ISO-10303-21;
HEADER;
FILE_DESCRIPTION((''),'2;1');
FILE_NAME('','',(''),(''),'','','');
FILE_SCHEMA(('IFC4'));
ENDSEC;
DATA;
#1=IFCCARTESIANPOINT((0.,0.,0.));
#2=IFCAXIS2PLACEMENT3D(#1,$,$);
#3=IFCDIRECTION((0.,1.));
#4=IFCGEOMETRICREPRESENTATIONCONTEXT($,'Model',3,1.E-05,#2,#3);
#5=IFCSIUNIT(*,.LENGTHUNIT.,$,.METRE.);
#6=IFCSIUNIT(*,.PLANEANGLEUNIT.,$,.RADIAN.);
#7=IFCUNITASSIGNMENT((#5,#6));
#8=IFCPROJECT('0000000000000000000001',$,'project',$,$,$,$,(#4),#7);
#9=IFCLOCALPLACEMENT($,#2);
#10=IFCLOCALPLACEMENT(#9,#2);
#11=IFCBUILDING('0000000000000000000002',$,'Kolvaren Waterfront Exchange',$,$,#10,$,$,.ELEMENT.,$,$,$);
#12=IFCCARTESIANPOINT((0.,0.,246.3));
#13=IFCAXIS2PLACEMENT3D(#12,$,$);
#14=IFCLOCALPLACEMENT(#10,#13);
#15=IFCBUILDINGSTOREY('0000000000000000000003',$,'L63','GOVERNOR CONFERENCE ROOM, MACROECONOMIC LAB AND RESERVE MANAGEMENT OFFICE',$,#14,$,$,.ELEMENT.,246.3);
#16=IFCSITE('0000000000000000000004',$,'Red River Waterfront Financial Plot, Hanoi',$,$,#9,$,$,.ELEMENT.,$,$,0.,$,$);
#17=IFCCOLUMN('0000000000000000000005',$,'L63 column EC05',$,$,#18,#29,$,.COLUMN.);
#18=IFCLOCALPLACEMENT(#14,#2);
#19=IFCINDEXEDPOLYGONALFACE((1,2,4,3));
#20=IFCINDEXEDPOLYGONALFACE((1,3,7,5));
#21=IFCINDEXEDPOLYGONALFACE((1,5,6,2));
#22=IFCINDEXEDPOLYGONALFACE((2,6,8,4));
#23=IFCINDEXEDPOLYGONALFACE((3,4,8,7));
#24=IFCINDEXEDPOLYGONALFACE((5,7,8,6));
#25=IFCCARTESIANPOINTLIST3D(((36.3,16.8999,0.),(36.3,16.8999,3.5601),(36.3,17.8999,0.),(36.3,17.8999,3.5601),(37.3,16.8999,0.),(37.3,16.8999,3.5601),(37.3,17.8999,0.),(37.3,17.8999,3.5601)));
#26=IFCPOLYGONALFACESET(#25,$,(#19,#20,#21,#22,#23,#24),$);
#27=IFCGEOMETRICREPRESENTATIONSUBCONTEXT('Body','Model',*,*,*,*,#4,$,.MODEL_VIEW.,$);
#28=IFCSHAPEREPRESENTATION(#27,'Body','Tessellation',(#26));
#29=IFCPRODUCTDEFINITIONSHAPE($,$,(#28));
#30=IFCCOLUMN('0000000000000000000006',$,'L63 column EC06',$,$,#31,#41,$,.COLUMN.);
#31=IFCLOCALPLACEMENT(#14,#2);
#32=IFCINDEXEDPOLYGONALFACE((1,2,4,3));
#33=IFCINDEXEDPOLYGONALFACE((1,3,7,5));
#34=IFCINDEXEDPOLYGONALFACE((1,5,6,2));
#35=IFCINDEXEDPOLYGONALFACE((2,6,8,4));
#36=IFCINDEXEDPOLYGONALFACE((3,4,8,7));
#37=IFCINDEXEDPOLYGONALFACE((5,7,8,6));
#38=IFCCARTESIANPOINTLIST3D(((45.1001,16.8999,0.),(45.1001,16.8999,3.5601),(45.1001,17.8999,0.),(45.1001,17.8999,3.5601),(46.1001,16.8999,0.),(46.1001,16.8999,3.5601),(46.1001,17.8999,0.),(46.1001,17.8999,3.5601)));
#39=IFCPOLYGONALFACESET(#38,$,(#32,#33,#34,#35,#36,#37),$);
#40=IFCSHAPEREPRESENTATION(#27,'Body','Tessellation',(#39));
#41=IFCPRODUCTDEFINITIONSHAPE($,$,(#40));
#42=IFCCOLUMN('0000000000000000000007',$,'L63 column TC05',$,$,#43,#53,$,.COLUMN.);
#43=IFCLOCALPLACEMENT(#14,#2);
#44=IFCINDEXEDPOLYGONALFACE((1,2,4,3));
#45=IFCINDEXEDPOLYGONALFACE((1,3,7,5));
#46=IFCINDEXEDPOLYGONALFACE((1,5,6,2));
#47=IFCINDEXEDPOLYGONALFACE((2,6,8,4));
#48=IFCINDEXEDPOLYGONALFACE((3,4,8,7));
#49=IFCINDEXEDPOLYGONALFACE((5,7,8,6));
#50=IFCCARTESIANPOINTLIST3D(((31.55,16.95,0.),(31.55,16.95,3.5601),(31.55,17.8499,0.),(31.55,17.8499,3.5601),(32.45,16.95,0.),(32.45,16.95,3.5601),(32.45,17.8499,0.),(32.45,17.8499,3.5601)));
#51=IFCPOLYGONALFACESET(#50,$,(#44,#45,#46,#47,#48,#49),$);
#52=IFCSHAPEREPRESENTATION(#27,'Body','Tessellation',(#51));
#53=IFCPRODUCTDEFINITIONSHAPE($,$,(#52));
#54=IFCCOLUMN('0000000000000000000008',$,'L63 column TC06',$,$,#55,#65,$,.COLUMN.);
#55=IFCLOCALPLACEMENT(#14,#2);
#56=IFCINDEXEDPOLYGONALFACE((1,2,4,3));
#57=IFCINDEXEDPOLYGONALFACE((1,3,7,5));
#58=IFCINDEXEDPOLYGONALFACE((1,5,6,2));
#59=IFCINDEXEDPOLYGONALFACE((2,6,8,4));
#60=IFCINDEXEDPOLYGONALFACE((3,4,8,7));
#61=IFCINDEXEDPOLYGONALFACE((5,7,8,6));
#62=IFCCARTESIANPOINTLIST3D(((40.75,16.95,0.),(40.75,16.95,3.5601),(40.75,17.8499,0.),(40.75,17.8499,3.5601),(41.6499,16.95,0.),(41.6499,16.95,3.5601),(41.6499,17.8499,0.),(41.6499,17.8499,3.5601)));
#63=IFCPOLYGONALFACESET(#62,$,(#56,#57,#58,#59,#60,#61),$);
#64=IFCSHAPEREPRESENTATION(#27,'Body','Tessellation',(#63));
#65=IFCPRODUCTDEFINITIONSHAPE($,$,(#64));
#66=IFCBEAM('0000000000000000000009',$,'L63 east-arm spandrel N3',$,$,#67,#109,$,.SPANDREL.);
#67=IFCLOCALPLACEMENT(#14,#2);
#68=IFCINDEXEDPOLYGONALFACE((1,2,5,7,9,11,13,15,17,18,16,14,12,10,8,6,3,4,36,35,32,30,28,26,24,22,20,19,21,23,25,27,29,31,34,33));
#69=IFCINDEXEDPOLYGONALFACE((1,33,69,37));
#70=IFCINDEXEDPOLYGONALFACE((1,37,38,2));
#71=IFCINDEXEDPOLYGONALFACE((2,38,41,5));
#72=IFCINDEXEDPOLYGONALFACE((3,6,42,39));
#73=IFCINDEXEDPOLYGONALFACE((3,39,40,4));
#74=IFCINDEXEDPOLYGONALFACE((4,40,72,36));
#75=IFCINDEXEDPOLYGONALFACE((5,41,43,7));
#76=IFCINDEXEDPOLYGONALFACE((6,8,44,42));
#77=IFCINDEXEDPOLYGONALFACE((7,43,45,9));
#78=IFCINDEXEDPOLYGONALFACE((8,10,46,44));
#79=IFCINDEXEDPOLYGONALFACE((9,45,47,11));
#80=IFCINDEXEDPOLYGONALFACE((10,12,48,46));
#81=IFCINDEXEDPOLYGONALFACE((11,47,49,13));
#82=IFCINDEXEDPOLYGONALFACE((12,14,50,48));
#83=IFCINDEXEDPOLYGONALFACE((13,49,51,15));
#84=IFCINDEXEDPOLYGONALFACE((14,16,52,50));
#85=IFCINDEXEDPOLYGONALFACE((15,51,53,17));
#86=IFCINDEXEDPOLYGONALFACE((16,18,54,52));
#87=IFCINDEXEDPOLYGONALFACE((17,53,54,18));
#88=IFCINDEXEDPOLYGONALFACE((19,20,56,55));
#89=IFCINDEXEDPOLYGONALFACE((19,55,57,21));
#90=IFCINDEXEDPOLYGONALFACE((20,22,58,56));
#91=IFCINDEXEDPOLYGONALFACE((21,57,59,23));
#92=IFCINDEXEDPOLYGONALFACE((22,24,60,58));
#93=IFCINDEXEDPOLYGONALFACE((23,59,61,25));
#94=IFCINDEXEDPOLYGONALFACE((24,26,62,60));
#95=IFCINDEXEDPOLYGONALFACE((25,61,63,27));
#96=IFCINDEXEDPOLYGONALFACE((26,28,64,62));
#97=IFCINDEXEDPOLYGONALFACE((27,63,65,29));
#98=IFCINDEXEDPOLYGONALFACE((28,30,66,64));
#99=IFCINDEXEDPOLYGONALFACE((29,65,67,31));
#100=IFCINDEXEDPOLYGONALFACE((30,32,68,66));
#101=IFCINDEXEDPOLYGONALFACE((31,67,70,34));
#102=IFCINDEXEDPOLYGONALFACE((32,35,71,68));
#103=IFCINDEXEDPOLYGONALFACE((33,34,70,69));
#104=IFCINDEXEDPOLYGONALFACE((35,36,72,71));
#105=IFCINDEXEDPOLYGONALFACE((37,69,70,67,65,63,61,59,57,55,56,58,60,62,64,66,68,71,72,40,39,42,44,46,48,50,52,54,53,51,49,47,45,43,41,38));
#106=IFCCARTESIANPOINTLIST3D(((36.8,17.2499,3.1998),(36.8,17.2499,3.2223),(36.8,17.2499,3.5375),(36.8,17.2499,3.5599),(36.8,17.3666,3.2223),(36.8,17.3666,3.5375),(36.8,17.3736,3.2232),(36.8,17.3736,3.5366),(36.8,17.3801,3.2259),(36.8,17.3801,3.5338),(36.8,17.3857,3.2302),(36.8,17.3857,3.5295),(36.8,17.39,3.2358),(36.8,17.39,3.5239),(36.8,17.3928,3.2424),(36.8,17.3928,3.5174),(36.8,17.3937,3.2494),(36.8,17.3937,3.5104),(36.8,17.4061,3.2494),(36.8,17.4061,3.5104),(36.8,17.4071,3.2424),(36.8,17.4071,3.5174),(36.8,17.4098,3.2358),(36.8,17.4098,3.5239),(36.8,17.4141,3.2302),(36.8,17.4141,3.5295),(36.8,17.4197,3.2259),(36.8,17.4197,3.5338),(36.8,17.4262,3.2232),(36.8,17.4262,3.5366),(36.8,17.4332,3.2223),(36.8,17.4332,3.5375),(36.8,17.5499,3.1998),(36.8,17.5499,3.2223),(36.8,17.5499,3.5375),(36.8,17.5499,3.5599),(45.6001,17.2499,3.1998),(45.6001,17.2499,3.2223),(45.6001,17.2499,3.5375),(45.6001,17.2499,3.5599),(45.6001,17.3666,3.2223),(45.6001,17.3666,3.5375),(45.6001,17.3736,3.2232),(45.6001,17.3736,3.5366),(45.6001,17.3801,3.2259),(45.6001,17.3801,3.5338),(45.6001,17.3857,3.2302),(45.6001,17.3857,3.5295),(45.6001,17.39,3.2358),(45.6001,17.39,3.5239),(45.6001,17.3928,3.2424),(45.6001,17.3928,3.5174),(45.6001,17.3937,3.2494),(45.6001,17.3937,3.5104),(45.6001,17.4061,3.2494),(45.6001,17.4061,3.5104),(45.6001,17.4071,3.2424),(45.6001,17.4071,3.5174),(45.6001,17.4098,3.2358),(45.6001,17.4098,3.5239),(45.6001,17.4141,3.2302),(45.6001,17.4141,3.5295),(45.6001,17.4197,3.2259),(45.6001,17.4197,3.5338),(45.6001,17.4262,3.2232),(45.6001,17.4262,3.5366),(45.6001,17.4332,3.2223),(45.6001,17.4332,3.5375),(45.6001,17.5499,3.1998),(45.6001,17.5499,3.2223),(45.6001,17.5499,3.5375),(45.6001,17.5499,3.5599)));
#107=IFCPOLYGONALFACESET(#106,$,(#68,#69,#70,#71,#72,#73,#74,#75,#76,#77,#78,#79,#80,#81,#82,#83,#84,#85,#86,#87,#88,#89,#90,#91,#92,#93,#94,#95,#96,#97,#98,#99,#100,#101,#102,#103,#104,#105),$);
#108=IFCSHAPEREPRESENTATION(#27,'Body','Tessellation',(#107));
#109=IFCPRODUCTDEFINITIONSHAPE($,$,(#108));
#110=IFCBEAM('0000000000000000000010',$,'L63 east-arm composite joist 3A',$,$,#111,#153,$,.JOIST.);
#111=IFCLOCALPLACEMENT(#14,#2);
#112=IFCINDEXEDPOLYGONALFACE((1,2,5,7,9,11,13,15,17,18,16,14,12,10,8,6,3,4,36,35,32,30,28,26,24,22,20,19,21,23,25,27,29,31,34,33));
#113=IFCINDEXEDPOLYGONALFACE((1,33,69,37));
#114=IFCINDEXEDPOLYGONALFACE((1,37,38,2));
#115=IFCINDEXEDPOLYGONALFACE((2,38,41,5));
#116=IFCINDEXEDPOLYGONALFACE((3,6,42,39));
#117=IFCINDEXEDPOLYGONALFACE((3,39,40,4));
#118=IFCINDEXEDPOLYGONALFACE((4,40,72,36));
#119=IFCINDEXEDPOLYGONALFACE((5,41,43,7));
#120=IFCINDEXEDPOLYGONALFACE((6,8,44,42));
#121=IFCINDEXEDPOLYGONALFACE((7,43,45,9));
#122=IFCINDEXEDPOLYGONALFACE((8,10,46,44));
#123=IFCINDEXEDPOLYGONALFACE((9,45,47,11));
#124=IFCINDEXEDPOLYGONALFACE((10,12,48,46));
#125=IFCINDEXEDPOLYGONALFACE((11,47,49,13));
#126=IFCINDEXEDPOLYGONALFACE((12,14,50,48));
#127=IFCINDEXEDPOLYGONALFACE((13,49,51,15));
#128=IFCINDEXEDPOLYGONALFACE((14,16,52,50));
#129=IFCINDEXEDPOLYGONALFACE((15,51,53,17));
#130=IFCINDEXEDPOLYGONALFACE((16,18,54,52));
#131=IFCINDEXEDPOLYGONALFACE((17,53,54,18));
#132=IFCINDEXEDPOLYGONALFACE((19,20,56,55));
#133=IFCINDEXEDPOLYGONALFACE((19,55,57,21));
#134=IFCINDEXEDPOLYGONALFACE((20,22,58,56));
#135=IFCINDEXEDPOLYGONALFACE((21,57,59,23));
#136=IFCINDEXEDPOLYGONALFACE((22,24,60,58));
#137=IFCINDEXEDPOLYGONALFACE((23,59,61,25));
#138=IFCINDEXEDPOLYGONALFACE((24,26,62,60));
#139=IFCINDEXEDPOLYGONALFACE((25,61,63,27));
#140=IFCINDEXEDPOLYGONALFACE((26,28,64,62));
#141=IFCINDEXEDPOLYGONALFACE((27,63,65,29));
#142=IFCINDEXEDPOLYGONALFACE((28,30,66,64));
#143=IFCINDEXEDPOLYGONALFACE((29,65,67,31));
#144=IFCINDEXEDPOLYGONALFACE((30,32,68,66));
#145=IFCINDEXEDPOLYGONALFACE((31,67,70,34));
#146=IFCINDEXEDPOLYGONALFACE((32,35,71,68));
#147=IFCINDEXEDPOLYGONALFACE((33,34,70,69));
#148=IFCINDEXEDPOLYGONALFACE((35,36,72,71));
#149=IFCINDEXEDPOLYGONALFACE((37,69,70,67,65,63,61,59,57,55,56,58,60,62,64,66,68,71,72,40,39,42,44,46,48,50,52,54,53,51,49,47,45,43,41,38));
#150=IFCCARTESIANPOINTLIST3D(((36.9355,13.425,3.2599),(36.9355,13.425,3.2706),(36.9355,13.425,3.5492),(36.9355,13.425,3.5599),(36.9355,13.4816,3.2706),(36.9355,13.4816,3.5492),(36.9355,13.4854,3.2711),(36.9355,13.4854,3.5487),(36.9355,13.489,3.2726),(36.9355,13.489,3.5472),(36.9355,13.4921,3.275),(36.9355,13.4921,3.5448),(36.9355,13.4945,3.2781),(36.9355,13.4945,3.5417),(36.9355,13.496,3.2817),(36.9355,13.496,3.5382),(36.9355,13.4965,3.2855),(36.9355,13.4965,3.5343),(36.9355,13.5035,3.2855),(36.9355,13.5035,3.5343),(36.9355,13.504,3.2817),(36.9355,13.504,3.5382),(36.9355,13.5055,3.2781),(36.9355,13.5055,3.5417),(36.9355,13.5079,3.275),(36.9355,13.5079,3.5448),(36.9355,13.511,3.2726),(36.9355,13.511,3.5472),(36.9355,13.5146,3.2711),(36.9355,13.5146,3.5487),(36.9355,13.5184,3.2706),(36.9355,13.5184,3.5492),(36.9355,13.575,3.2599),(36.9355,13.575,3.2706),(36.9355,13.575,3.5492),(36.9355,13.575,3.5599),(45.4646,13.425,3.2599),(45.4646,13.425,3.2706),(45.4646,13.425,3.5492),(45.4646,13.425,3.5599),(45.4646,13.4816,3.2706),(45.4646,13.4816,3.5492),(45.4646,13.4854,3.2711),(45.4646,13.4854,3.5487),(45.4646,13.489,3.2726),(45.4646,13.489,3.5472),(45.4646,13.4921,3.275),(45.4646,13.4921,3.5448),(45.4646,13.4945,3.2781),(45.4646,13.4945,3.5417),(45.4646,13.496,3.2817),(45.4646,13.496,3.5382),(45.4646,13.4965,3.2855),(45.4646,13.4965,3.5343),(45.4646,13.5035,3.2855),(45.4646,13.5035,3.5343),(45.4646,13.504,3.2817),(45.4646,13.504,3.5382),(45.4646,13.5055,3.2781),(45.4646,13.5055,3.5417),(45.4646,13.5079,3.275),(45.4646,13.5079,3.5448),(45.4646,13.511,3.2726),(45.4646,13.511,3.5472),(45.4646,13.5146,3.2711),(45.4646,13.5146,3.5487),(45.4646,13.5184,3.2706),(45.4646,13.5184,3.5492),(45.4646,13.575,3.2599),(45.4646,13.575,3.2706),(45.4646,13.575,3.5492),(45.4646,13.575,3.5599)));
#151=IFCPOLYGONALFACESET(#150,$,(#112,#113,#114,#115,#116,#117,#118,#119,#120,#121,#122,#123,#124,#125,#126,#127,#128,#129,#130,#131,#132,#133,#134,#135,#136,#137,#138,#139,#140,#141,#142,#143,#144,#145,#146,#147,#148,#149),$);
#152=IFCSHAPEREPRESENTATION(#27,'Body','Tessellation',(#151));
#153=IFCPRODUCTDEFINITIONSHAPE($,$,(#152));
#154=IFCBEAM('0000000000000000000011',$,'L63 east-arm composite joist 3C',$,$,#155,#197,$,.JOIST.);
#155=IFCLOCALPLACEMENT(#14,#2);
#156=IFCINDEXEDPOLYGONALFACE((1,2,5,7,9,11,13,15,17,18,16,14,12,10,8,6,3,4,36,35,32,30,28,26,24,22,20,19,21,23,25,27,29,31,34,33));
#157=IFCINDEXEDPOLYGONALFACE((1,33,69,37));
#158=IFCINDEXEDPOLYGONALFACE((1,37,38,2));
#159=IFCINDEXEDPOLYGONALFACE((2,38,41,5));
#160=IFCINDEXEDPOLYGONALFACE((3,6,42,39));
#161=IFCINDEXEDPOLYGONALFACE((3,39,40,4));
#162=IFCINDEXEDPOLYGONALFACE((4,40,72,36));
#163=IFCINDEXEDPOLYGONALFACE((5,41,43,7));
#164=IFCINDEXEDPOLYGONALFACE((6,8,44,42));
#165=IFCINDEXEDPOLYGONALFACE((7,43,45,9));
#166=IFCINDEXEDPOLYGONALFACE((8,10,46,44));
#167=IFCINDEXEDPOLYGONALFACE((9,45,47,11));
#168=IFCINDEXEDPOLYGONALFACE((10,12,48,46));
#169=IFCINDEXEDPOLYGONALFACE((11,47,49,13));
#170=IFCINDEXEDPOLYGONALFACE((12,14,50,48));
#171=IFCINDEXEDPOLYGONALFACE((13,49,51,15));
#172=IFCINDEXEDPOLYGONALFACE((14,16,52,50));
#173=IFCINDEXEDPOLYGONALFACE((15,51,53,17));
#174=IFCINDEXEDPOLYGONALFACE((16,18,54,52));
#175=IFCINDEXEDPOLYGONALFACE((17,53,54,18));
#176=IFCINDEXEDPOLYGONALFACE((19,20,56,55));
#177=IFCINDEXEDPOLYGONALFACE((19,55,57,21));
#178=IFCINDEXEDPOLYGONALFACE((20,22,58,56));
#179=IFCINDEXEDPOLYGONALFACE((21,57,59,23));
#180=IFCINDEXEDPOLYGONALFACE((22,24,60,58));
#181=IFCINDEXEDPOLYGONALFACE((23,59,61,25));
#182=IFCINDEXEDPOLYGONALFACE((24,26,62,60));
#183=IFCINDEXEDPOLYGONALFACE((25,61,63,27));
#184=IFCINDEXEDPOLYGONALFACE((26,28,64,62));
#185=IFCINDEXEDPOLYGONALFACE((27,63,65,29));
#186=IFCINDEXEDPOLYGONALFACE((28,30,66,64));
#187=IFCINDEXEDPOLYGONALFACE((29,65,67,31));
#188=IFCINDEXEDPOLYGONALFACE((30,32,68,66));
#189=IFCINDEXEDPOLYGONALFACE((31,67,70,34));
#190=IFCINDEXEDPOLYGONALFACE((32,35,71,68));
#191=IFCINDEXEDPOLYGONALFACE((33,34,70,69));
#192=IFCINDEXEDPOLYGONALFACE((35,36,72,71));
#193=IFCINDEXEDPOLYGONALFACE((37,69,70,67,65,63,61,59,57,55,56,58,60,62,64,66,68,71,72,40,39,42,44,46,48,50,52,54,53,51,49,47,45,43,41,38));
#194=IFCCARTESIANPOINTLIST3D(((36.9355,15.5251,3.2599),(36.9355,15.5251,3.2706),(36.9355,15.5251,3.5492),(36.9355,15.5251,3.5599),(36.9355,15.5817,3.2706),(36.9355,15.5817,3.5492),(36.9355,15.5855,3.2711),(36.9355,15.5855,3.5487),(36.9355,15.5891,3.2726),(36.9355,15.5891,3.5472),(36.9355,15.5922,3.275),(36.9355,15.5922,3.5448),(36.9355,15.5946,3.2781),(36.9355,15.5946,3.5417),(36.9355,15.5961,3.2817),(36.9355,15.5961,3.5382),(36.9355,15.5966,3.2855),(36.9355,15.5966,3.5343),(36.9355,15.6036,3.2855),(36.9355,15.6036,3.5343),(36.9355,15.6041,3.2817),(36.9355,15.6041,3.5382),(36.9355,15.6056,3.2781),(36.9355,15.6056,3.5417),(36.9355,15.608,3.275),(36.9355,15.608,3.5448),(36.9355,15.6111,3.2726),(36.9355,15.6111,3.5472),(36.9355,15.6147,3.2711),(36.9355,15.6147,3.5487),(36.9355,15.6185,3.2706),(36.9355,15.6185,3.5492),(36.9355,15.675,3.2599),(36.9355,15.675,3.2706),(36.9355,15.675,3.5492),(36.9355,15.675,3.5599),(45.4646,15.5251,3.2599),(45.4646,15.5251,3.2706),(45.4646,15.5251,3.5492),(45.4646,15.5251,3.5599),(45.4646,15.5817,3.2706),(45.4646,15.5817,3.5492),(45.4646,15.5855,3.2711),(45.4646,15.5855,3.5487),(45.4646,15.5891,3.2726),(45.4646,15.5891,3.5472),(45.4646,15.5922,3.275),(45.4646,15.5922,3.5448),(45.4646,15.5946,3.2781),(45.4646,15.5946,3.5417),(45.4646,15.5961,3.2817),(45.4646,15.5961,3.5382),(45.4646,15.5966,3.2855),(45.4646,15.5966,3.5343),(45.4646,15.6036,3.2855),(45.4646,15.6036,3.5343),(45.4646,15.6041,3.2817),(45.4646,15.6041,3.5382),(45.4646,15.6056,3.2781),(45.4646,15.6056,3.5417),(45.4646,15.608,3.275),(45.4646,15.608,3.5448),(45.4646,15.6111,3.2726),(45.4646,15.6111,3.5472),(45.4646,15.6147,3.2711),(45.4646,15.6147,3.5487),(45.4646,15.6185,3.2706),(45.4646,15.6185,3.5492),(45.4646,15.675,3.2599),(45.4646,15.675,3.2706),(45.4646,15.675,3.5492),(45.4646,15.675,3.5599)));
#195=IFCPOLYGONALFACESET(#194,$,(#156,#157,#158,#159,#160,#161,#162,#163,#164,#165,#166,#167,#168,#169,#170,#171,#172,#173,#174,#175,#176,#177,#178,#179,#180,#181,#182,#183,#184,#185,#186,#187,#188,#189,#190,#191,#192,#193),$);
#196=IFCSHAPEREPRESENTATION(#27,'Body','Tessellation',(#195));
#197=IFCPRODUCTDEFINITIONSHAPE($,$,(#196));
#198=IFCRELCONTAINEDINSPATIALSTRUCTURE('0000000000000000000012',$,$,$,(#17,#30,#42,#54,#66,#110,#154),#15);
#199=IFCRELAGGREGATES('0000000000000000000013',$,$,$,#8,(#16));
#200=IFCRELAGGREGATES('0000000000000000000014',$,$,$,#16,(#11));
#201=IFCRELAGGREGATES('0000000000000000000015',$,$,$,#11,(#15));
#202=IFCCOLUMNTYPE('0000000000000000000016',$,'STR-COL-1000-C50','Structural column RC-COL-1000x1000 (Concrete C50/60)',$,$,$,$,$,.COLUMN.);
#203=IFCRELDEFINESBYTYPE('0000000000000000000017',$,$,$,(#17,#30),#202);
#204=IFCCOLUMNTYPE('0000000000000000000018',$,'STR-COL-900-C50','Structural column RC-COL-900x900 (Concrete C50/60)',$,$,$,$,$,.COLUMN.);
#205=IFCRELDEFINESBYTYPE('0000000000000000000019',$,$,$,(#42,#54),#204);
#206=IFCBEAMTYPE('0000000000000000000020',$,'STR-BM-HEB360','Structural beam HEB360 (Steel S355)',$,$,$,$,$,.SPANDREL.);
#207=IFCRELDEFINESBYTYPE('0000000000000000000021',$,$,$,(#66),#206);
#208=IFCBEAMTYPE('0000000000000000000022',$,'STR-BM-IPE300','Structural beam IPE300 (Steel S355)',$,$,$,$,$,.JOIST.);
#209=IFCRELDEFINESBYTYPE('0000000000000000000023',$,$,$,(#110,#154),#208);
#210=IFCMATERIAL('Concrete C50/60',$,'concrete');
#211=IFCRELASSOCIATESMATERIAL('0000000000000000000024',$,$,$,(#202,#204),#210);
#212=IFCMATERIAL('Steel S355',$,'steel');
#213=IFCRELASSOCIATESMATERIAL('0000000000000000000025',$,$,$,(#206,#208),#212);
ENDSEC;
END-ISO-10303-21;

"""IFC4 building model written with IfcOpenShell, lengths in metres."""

from ifc_helpers import new_model, si_unit, direction, frame, origin, origin_2d, place, context, subcontext, project, spatial, rectangle, i_section, extrude, material, material_profile, profile_set, type_object, element, save


model = new_model("IFC4")

# Units and contexts
model_context = context("Model", 3, precision=1e-05, world=origin(), true_north=direction((0.0, 1.0)))
body_context = subcontext(model_context, "Body", "Model", "MODEL_VIEW")
ifc_project = project(units=[si_unit("LENGTHUNIT", "METRE"), si_unit("PLANEANGLEUNIT", "RADIAN")], contexts=[model_context])

# Site, building, storey
site_placement = place(None, origin())
site = spatial("IfcSite", under=ifc_project, at=site_placement, Name="Red River Waterfront Financial Plot, Hanoi", CompositionType="ELEMENT", RefElevation=0.0)
building_placement = place(site_placement, origin())
building = spatial("IfcBuilding", under=site, at=building_placement, Name="Kolvaren Waterfront Exchange", CompositionType="ELEMENT")
storey_placement = place(building_placement, frame((0.0, 0.0, 246.3)))
storey = spatial("IfcBuildingStorey", under=building, at=storey_placement, Name="L63", Description="GOVERNOR CONFERENCE ROOM, MACROECONOMIC LAB AND RESERVE MANAGEMENT OFFICE", CompositionType="ELEMENT", Elevation=246.3)

# Columns
ifc_material_1 = material(Name="Concrete C50/60", Category="concrete")
ifc_material_profile_1 = material_profile(ifc_material_1, rectangle(XDim=1.0, YDim=1.0, at=origin_2d()), Name="RC-COL-1000x1000")
ifc_profile_set_1 = profile_set([ifc_material_profile_1], Name="Concrete C50/60")
column_type_1 = type_object("IfcColumnType", Name="STR-COL-1000-C50", Description="Structural column RC-COL-1000x1000 (Concrete C50/60)", PredefinedType="COLUMN", material=ifc_profile_set_1)
for number, where, z_axis, x_axis, name in (
    (1, (36.8, 17.3999, 0.0), (0.0, 0.0, 1.0), (1.0, 0.0, 0.0), "L63 column EC05"),
    (2, (45.6001, 17.3999, 0.0), (0.0, 0.0, 1.0), (1.0, 0.0, 0.0), "L63 column EC06"),
):
    element("IfcColumn", number, at=place(storey_placement, frame(where, z_axis=z_axis, x_axis=x_axis)), inside=storey, type_object=column_type_1, Name=name, PredefinedType="COLUMN", context=body_context, shape_type="SweptSolid", body=[
        extrude(rectangle(XDim=1.0, YDim=1.0, at=origin_2d()), origin(), (0.0, 0.0, 1.0), 3.5601),
    ])
ifc_material_profile_2 = material_profile(ifc_material_1, rectangle(XDim=0.8999, YDim=0.8999, at=origin_2d()), Name="RC-COL-900x900")
ifc_profile_set_2 = profile_set([ifc_material_profile_2], Name="Concrete C50/60")
column_type_2 = type_object("IfcColumnType", Name="STR-COL-900-C50", Description="Structural column RC-COL-900x900 (Concrete C50/60)", PredefinedType="COLUMN", material=ifc_profile_set_2)
for number, where, z_axis, x_axis, name in (
    (3, (32.0, 17.3999, 0.0), (0.0, 0.0, 1.0), (1.0, 0.0, 0.0), "L63 column TC05"),
    (4, (41.2, 17.3999, 0.0), (0.0, 0.0, 1.0), (1.0, 0.0, 0.0), "L63 column TC06"),
):
    element("IfcColumn", number, at=place(storey_placement, frame(where, z_axis=z_axis, x_axis=x_axis)), inside=storey, type_object=column_type_2, Name=name, PredefinedType="COLUMN", context=body_context, shape_type="SweptSolid", body=[
        extrude(rectangle(XDim=0.8999, YDim=0.8999, at=origin_2d()), origin(), (0.0, 0.0, 1.0), 3.5601),
    ])

# Beams
ifc_material_2 = material(Name="Steel S355", Category="steel")
ifc_material_profile_3 = material_profile(ifc_material_2, i_section(OverallWidth=0.3, OverallDepth=0.3601, WebThickness=0.0125, FlangeThickness=0.0225, FilletRadius=0.0271, at=origin_2d()), Name="HEB360")
ifc_profile_set_3 = profile_set([ifc_material_profile_3], Name="Steel S355")
beam_type_1 = type_object("IfcBeamType", Name="STR-BM-HEB360", Description="Structural beam HEB360 (Steel S355)", PredefinedType="SPANDREL", material=ifc_profile_set_3)
beam_placement = place(storey_placement, frame((36.8, 17.3999, 3.3799), z_axis=(1.0, 0.0, 0.0), x_axis=(0.0, 1.0, 0.0)))
element("IfcBeam", 5, at=beam_placement, inside=storey, type_object=beam_type_1, Name="L63 east-arm spandrel N3", PredefinedType="SPANDREL", context=body_context, shape_type="SweptSolid", body=[
    extrude(i_section(OverallWidth=0.3, OverallDepth=0.3601, WebThickness=0.0125, FlangeThickness=0.0225, FilletRadius=0.0271, at=origin_2d()), origin(), (0.0, 0.0, 1.0), 8.8),
])
ifc_material_profile_4 = material_profile(ifc_material_2, i_section(OverallWidth=0.1499, OverallDepth=0.3, WebThickness=0.0071, FlangeThickness=0.0107, FilletRadius=0.0149, at=origin_2d()), Name="IPE300")
ifc_profile_set_4 = profile_set([ifc_material_profile_4], Name="Steel S355")
beam_type_2 = type_object("IfcBeamType", Name="STR-BM-IPE300", Description="Structural beam IPE300 (Steel S355)", PredefinedType="JOIST", material=ifc_profile_set_4)
for number, where, z_axis, x_axis, name in (
    (6, (36.9355, 13.5, 3.4099), (1.0, 0.0, 0.0), (0.0, 1.0, 0.0), "L63 east-arm composite joist 3A"),
    (7, (36.9355, 15.6001, 3.4099), (1.0, 0.0, 0.0), (0.0, 1.0, 0.0), "L63 east-arm composite joist 3C"),
):
    element("IfcBeam", number, at=place(storey_placement, frame(where, z_axis=z_axis, x_axis=x_axis)), inside=storey, type_object=beam_type_2, Name=name, PredefinedType="JOIST", context=body_context, shape_type="SweptSolid", body=[
        extrude(i_section(OverallWidth=0.1499, OverallDepth=0.3, WebThickness=0.0071, FlangeThickness=0.0107, FilletRadius=0.0149, at=origin_2d()), origin(), (0.0, 0.0, 1.0), 8.5291),
    ])

save(model, "model.ifc")
